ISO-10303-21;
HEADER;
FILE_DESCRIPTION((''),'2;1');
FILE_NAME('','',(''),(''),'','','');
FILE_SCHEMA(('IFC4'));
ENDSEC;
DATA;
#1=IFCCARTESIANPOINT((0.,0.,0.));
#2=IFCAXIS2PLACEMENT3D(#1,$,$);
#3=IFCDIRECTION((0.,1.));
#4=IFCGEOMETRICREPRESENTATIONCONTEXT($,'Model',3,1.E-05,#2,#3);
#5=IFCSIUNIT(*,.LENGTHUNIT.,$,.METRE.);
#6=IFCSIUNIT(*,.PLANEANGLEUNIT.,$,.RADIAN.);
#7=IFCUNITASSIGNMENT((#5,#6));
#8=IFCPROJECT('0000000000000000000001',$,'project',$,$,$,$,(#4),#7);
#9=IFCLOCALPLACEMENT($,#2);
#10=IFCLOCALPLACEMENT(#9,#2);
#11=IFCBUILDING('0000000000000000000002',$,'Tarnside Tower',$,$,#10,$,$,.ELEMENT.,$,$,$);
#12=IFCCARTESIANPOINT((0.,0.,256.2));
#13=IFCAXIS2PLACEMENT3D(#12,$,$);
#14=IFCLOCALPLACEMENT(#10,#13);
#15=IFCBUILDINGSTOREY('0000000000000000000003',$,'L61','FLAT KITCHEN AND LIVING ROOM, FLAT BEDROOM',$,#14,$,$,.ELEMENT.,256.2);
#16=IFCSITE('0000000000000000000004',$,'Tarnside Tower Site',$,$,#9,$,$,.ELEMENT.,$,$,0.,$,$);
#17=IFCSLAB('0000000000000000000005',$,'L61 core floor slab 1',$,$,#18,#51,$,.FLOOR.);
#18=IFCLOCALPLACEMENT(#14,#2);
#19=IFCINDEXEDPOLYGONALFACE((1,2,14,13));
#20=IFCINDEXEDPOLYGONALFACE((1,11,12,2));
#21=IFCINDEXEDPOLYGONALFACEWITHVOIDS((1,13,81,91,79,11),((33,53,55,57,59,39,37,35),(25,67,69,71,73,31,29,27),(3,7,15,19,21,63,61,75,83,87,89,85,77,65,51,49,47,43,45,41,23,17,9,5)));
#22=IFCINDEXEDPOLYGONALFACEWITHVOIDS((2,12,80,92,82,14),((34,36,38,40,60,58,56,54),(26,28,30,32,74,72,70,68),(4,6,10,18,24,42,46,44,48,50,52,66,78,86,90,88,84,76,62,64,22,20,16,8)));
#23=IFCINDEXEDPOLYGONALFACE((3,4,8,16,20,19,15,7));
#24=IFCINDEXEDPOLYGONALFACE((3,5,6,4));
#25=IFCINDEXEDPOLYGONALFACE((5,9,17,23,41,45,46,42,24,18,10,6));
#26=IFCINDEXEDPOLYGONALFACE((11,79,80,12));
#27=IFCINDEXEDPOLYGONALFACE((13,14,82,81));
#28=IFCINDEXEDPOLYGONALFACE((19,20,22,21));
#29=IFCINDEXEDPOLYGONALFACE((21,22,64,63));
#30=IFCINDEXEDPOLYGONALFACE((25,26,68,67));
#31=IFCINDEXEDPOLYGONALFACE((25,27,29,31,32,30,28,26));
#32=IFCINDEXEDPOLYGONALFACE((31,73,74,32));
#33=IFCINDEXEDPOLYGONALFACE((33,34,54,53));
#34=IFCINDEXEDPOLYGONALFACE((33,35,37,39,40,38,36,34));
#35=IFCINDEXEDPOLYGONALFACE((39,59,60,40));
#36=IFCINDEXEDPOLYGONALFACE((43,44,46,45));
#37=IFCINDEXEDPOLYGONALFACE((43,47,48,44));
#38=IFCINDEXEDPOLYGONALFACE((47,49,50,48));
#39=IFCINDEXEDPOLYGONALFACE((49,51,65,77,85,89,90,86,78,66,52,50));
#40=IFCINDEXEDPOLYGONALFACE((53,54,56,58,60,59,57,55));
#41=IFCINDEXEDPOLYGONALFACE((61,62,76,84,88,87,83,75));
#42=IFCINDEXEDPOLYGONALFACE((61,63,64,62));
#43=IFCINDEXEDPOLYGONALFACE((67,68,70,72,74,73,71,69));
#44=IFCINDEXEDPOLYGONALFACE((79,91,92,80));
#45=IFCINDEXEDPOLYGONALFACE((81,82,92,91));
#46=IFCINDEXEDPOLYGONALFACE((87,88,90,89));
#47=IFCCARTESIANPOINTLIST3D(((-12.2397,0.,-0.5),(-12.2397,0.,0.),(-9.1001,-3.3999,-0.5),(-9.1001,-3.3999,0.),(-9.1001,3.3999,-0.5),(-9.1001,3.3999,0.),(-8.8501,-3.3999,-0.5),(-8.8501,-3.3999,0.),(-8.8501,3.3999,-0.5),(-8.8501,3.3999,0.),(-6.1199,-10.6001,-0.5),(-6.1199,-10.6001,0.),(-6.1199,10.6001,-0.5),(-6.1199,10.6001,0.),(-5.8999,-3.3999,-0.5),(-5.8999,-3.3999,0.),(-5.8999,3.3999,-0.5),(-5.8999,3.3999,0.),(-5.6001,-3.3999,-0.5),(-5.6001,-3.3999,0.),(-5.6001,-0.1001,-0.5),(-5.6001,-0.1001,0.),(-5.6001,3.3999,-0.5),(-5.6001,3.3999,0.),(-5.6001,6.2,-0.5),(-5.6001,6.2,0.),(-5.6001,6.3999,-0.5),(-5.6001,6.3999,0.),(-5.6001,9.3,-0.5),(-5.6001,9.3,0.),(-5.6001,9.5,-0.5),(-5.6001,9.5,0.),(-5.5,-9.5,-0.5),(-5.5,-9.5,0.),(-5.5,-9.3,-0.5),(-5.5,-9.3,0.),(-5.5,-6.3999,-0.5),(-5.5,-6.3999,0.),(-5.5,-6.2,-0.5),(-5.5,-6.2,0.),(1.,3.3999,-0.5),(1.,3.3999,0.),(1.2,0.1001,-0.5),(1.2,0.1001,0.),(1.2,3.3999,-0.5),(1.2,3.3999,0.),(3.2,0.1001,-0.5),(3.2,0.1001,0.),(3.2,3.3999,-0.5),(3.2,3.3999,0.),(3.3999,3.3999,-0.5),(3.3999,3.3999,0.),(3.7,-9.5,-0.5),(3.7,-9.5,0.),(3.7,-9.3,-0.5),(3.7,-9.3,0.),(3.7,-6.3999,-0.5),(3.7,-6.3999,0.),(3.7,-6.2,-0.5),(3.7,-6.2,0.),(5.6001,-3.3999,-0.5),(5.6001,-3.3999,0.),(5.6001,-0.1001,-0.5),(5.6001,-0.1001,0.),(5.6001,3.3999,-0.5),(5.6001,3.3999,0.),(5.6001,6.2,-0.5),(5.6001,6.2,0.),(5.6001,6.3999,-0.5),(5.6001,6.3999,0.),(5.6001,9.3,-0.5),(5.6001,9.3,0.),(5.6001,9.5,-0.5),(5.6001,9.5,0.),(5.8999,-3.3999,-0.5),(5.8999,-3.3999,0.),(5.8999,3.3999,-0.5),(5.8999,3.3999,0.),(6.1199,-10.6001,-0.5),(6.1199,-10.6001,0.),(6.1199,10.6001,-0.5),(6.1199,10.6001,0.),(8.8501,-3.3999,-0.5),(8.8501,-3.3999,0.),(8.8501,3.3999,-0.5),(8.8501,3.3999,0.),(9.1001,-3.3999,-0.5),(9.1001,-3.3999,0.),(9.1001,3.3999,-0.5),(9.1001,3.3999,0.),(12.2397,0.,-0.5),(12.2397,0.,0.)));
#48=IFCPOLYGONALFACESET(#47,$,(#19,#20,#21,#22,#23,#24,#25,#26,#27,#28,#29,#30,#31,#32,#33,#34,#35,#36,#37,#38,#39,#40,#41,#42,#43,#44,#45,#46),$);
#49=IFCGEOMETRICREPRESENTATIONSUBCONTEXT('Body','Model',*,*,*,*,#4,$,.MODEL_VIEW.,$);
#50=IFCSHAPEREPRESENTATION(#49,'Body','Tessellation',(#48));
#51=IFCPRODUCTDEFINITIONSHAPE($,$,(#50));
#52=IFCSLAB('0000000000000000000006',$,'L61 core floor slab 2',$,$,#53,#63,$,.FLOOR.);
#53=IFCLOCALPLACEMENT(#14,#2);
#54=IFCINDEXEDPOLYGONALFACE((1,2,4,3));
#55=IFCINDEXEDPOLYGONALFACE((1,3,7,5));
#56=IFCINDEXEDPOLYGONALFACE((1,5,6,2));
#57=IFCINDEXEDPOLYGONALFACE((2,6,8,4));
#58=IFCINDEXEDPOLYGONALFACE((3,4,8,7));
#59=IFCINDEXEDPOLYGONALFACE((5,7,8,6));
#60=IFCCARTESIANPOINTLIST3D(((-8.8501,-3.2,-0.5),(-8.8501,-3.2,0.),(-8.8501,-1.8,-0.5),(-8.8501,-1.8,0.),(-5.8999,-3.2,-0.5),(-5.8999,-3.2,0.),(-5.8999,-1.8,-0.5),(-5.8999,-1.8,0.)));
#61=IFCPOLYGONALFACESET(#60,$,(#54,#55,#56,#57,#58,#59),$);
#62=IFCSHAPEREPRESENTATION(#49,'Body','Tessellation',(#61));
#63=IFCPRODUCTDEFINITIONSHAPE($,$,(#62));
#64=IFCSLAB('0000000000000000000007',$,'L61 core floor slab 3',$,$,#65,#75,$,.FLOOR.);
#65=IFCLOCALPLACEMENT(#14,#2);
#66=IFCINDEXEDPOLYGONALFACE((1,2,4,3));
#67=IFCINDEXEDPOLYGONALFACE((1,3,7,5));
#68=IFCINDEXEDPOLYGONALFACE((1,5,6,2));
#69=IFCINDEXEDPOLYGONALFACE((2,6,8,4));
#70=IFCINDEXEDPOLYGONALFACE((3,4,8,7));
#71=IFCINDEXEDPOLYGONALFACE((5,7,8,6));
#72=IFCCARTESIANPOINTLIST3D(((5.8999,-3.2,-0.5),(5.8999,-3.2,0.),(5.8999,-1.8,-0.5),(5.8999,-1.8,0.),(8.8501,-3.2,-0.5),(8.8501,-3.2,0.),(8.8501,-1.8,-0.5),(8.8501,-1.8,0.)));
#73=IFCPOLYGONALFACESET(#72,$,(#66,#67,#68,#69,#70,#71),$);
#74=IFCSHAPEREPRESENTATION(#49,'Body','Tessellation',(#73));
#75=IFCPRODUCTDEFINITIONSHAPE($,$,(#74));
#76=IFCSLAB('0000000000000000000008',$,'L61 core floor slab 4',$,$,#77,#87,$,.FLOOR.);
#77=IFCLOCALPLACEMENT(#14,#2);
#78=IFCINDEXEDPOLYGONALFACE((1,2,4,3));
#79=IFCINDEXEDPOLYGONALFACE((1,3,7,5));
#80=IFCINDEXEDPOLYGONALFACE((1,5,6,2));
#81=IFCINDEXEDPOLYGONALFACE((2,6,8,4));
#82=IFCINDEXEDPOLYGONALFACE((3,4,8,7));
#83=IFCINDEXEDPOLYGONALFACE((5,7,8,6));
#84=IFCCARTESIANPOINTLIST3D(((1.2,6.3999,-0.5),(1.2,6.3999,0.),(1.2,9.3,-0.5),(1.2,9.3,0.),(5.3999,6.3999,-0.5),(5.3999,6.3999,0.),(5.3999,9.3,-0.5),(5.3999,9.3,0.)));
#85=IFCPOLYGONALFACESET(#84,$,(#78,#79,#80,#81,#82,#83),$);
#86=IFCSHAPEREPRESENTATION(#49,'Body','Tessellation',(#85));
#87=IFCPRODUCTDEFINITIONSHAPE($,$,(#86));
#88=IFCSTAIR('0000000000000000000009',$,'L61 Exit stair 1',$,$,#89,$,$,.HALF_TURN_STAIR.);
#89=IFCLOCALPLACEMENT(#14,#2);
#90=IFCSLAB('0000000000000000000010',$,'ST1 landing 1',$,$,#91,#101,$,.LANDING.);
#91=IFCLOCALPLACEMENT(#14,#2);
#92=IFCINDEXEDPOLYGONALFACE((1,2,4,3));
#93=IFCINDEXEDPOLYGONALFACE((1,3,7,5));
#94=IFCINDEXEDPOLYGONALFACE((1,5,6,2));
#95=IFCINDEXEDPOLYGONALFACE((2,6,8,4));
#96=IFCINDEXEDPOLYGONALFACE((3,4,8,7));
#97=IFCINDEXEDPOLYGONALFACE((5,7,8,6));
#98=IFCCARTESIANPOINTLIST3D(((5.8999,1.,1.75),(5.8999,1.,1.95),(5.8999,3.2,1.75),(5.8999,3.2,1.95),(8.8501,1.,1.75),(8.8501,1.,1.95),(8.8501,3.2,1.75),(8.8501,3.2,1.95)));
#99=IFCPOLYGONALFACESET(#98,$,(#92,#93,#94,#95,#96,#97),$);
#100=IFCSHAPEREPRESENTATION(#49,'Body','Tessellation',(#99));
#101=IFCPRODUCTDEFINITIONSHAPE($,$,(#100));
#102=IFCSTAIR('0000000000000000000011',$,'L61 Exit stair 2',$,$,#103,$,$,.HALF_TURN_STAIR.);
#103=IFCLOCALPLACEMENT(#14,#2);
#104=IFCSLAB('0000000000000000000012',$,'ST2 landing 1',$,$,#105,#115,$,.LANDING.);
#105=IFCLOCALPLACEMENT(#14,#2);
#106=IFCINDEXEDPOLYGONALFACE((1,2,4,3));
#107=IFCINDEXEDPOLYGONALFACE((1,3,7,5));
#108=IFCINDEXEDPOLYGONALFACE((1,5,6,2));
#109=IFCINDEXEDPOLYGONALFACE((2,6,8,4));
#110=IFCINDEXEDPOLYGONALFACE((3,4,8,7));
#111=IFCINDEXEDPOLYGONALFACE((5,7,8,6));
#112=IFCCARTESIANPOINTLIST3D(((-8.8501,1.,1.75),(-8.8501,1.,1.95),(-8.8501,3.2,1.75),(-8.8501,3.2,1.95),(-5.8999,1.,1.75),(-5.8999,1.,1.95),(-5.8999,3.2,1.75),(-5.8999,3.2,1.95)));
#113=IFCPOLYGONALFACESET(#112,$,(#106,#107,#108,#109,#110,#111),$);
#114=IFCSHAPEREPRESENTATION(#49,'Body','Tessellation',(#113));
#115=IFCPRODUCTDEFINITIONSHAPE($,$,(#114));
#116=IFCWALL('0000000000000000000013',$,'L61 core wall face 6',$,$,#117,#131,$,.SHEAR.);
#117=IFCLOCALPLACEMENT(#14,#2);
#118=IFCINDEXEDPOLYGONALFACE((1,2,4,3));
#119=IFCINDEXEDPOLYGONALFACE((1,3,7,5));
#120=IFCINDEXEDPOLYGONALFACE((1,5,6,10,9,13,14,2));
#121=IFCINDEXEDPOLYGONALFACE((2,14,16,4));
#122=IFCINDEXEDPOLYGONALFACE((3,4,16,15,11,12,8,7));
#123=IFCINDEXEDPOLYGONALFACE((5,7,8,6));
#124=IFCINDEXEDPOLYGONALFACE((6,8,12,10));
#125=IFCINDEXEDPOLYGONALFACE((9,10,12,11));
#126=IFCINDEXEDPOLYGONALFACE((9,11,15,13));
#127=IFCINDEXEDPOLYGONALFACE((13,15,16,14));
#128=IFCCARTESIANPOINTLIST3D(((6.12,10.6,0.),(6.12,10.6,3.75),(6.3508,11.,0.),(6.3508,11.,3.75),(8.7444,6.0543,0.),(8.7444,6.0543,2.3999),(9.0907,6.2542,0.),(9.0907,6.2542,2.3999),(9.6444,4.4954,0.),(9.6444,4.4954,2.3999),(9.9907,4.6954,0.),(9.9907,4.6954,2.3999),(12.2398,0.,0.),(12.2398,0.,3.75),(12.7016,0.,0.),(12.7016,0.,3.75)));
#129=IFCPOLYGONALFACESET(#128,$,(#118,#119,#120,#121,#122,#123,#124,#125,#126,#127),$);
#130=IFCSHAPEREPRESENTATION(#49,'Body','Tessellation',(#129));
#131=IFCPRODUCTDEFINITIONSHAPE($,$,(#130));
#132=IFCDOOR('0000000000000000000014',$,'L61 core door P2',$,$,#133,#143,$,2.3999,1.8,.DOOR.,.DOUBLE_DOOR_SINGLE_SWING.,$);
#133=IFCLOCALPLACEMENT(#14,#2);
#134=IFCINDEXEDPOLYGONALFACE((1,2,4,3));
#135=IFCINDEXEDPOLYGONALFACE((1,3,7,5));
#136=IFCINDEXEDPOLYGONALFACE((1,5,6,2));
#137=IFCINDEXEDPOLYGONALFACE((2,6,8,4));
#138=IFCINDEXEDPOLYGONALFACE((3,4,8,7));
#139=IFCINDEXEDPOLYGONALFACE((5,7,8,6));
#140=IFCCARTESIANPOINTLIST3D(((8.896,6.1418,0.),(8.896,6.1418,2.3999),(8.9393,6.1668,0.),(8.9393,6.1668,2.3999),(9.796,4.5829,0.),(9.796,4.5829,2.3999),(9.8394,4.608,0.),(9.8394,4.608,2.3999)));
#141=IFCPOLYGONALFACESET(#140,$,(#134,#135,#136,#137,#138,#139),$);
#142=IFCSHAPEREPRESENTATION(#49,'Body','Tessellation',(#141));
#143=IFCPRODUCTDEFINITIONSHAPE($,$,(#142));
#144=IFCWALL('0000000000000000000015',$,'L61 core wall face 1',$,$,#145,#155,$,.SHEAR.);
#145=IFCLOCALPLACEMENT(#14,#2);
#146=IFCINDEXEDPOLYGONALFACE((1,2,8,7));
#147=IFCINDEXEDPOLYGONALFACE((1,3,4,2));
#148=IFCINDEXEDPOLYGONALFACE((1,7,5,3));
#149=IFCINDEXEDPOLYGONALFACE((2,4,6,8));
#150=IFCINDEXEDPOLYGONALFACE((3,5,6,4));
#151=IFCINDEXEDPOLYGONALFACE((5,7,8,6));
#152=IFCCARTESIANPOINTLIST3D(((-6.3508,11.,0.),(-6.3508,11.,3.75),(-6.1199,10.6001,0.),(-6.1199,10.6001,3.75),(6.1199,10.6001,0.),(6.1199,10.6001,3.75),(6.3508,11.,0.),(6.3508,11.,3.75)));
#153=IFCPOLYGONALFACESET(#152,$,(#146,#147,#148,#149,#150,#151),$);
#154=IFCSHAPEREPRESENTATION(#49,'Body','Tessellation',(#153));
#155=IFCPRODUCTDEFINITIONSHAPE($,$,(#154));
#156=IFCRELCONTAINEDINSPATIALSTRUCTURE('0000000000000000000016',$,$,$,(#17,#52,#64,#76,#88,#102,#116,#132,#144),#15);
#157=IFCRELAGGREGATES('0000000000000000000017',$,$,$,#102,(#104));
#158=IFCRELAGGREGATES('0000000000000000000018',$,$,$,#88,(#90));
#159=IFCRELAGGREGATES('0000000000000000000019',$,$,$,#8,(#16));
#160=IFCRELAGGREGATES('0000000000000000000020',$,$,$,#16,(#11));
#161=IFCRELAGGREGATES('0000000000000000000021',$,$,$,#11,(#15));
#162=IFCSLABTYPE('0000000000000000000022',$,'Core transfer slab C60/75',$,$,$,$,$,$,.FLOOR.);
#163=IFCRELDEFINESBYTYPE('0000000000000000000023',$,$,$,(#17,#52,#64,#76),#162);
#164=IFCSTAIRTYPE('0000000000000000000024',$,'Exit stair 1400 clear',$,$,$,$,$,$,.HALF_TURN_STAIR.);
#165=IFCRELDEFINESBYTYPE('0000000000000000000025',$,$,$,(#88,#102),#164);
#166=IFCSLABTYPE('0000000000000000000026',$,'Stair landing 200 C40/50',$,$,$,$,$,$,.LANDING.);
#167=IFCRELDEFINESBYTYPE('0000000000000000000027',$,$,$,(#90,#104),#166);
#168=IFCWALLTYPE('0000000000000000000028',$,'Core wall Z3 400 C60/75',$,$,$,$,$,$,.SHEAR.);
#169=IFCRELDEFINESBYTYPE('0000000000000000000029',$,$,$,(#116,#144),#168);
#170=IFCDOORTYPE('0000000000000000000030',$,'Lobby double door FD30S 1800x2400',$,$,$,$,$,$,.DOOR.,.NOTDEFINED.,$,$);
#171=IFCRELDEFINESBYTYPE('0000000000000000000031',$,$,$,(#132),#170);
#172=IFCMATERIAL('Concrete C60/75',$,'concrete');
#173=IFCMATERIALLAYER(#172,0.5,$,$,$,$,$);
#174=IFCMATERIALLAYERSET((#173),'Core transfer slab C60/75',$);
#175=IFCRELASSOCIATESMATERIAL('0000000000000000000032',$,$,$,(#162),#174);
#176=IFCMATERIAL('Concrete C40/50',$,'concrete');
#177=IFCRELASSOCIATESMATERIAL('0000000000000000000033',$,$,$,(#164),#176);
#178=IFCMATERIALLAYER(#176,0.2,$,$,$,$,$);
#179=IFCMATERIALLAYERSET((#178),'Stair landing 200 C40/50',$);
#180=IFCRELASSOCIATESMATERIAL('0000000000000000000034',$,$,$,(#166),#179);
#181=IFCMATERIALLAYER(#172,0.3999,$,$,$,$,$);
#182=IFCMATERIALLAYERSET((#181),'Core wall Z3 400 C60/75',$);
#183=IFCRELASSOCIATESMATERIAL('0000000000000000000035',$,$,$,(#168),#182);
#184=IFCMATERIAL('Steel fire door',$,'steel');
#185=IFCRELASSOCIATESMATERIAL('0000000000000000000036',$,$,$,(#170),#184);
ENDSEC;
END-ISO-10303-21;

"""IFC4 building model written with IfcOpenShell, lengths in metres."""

from ifc_helpers import new_model, si_unit, direction, frame, frame_2d, origin, place, context, subcontext, project, spatial, polyline, rectangle, outline, extrude, material, layer, layer_set, type_object, element, fill, aggregate, save


model = new_model("IFC4")

# Units and contexts
model_context = context("Model", 3, precision=1e-05, world=origin(), true_north=direction((0.0, 1.0)))
body_context = subcontext(model_context, "Body", "Model", "MODEL_VIEW")
ifc_project = project(units=[si_unit("LENGTHUNIT", "METRE"), si_unit("PLANEANGLEUNIT", "RADIAN")], contexts=[model_context])

# Site, building, storey
site_placement = place(None, origin())
site = spatial("IfcSite", under=ifc_project, at=site_placement, Name="Tarnside Tower Site", CompositionType="ELEMENT", RefElevation=0.0)
building_placement = place(site_placement, origin())
building = spatial("IfcBuilding", under=site, at=building_placement, Name="Tarnside Tower", CompositionType="ELEMENT")
storey_placement = place(building_placement, frame((0.0, 0.0, 256.2)))
storey = spatial("IfcBuildingStorey", under=building, at=storey_placement, Name="L61", Description="FLAT KITCHEN AND LIVING ROOM, FLAT BEDROOM", CompositionType="ELEMENT", Elevation=256.2)

# Slabs
ifc_material_1 = material(Name="Concrete C60/75", Category="concrete")
ifc_layer_1 = layer(ifc_material_1, 0.5)
ifc_layer_set_1 = layer_set([ifc_layer_1], Name="Core transfer slab C60/75")
slab_type_1 = type_object("IfcSlabType", Name="Core transfer slab C60/75", PredefinedType="FLOOR", material=ifc_layer_set_1)
slab_1_placement = place(storey_placement, frame((0.0, 0.0, -0.5)))
element("IfcSlab", 1, at=slab_1_placement, inside=storey, type_object=slab_type_1, Name="L61 core floor slab 1", PredefinedType="FLOOR", context=body_context, shape_type="SweptSolid", body=[
    extrude(outline(polyline([(6.1199, 10.6001), (12.2397, 0.0), (6.1199, -10.6001), (-6.1199, -10.6001), (-12.2397, 0.0), (-6.1199, 10.6001), (6.1199, 10.6001)]), holes=[polyline([(-5.5, -9.5), (3.7, -9.5), (3.7, -9.3), (3.7, -6.3999), (3.7, -6.2), (-5.5, -6.2), (-5.5, -6.3999), (-5.5, -9.3), (-5.5, -9.5)]), polyline([(-5.6001, -3.3999), (-5.6001, -0.1001), (5.6001, -0.1001), (5.6001, -3.3999), (5.8999, -3.3999), (8.8501, -3.3999), (8.8501, -3.3999), (9.1001, -3.3999), (9.1001, 3.3999), (8.8501, 3.3999), (8.8501, 3.3999), (5.8999, 3.3999), (5.6001, 3.3999), (5.6001, 3.3999), (3.3999, 3.3999), (3.2, 3.3999), (3.2, 0.1001), (1.2, 0.1001), (1.2, 3.3999), (1.0, 3.3999), (-5.6001, 3.3999), (-5.8999, 3.3999), (-8.8501, 3.3999), (-8.8501, 3.3999), (-9.1001, 3.3999), (-9.1001, -3.3999), (-8.8501, -3.3999), (-8.8501, -3.3999), (-5.8999, -3.3999), (-5.6001, -3.3999)]), polyline([(-5.6001, 6.2), (5.6001, 6.2), (5.6001, 6.3999), (5.6001, 9.3), (5.6001, 9.5), (-5.6001, 9.5), (-5.6001, 9.3), (-5.6001, 6.3999), (-5.6001, 6.2)])]), origin(), (0.0, 0.0, 1.0), 0.5),
])
slab_2_placement = place(storey_placement, frame((0.0, 0.0, -0.5)))
element("IfcSlab", 2, at=slab_2_placement, inside=storey, type_object=slab_type_1, Name="L61 core floor slab 2", PredefinedType="FLOOR", context=body_context, shape_type="SweptSolid", body=[
    extrude(outline(polyline([(-8.8501, -3.2), (-8.8501, -1.8), (-5.8999, -1.8), (-5.8999, -3.2), (-8.8501, -3.2)])), origin(), (0.0, 0.0, 1.0), 0.5),
])
slab_3_placement = place(storey_placement, frame((0.0, 0.0, -0.5)))
element("IfcSlab", 3, at=slab_3_placement, inside=storey, type_object=slab_type_1, Name="L61 core floor slab 3", PredefinedType="FLOOR", context=body_context, shape_type="SweptSolid", body=[
    extrude(outline(polyline([(5.8999, -1.8), (8.8501, -1.8), (8.8501, -3.2), (5.8999, -3.2), (5.8999, -1.8)])), origin(), (0.0, 0.0, 1.0), 0.5),
])
slab_4_placement = place(storey_placement, frame((0.0, 0.0, -0.5)))
element("IfcSlab", 4, at=slab_4_placement, inside=storey, type_object=slab_type_1, Name="L61 core floor slab 4", PredefinedType="FLOOR", context=body_context, shape_type="SweptSolid", body=[
    extrude(outline(polyline([(5.3999, 6.3999), (1.2, 6.3999), (1.2, 9.3), (5.3999, 9.3), (5.3999, 6.3999)])), origin(), (0.0, 0.0, 1.0), 0.5),
])

# Stairs, slabs
ifc_material_2 = material(Name="Concrete C40/50", Category="concrete")
stair_type = type_object("IfcStairType", Name="Exit stair 1400 clear", PredefinedType="HALF_TURN_STAIR", material=ifc_material_2)
stair_1_placement = place(storey_placement, origin())
stair_1 = element("IfcStair", 5, at=stair_1_placement, inside=storey, type_object=stair_type, Name="L61 Exit stair 1", PredefinedType="HALF_TURN_STAIR")
ifc_layer_2 = layer(ifc_material_2, 0.2)
ifc_layer_set_2 = layer_set([ifc_layer_2], Name="Stair landing 200 C40/50")
slab_type_2 = type_object("IfcSlabType", Name="Stair landing 200 C40/50", PredefinedType="LANDING", material=ifc_layer_set_2)
slab_5_placement = place(storey_placement, frame((0.0, 0.0, 1.75)))
slab_5 = element("IfcSlab", 6, at=slab_5_placement, type_object=slab_type_2, Name="ST1 landing 1", PredefinedType="LANDING", context=body_context, shape_type="SweptSolid", body=[
    extrude(outline(polyline([(8.8501, 1.0), (8.8501, 3.2), (5.8999, 3.2), (5.8999, 1.0), (8.8501, 1.0)])), origin(), (0.0, 0.0, 1.0), 0.2),
])
stair_2_placement = place(storey_placement, origin())
stair_2 = element("IfcStair", 7, at=stair_2_placement, inside=storey, type_object=stair_type, Name="L61 Exit stair 2", PredefinedType="HALF_TURN_STAIR")
slab_6_placement = place(storey_placement, frame((0.0, 0.0, 1.75)))
slab_6 = element("IfcSlab", 8, at=slab_6_placement, type_object=slab_type_2, Name="ST2 landing 1", PredefinedType="LANDING", context=body_context, shape_type="SweptSolid", body=[
    extrude(outline(polyline([(-5.8999, 1.0), (-5.8999, 3.2), (-8.8501, 3.2), (-8.8501, 1.0), (-5.8999, 1.0)])), origin(), (0.0, 0.0, 1.0), 0.2),
])
aggregate(stair_2, [slab_6])

# Wall, opening, door
ifc_layer_3 = layer(ifc_material_1, 0.3999)
ifc_layer_set_3 = layer_set([ifc_layer_3], Name="Core wall Z3 400 C60/75")
wall_type_1 = type_object("IfcWallType", Name="Core wall Z3 400 C60/75", PredefinedType="SHEAR", material=ifc_layer_set_3)
wall_1_placement = place(storey_placement, frame((12.4707, 0.0, 0.0), z_axis=(0.0, 0.0, 1.0), x_axis=(-0.499996, 0.866027, 0.0)))
wall_1 = element("IfcWall", 9, at=wall_1_placement, inside=storey, type_object=wall_type_1, Name="L61 core wall face 6", PredefinedType="SHEAR", context=body_context, shape_type="SweptSolid", body=[
    extrude(outline(polyline([(-0.1155, -0.2), (12.5862, -0.2), (12.3552, 0.2), (0.1155, 0.2), (-0.1155, -0.2)])), origin(), (0.0, 0.0, 1.0), 3.75),
])
opening_1_placement = place(wall_1_placement, frame((5.3064, 0.0, 0.0)))
opening_1 = element("IfcOpeningElement", 10, at=opening_1_placement, cuts=wall_1, PredefinedType="OPENING", context=body_context, shape_type="SweptSolid", body=[
    extrude(rectangle(XDim=1.8, YDim=2.3999, at=frame_2d((0.8999, 1.2))), frame((0.0, 0.21, 0.0), z_axis=(0.0, -1.0, 0.0), x_axis=(1.0, 0.0, 0.0)), (0.0, 0.0, 1.0), 0.4199),
])
ifc_material_3 = material(Name="Steel fire door", Category="steel")
door_type_1 = type_object("IfcDoorType", Name="Lobby double door FD30S 1800x2400", OperationType="NOTDEFINED", PredefinedType="DOOR", material=ifc_material_3)
door_1_placement = place(opening_1_placement, origin())
door_1 = element("IfcDoor", 11, at=door_1_placement, inside=storey, type_object=door_type_1, Name="L61 core door P2", OperationType="DOUBLE_DOOR_SINGLE_SWING", OverallHeight=2.3999, OverallWidth=1.8, PredefinedType="DOOR", context=body_context, shape_type="SweptSolid", body=[
    extrude(rectangle(XDim=1.8, YDim=2.3999, at=frame_2d((0.8999, 1.2))), frame((0.0, 0.0249, 0.0), z_axis=(0.0, -1.0, 0.0), x_axis=(1.0, 0.0, 0.0)), (0.0, 0.0, 1.0), 0.05),
])
fill(opening_1, door_1)

# Wall
wall_2_placement = place(storey_placement, frame((6.2354, 10.8, 0.0), z_axis=(0.0, 0.0, 1.0), x_axis=(-1.0, 0.0, 0.0)))
element("IfcWall", 12, at=wall_2_placement, inside=storey, type_object=wall_type_1, Name="L61 core wall face 1", PredefinedType="SHEAR", context=body_context, shape_type="SweptSolid", body=[
    extrude(outline(polyline([(-0.1155, -0.2), (12.5862, -0.2), (12.3552, 0.2), (0.1155, 0.2), (-0.1155, -0.2)])), origin(), (0.0, 0.0, 1.0), 3.75),
])

aggregate(stair_1, [slab_5])

save(model, "model.ifc")
